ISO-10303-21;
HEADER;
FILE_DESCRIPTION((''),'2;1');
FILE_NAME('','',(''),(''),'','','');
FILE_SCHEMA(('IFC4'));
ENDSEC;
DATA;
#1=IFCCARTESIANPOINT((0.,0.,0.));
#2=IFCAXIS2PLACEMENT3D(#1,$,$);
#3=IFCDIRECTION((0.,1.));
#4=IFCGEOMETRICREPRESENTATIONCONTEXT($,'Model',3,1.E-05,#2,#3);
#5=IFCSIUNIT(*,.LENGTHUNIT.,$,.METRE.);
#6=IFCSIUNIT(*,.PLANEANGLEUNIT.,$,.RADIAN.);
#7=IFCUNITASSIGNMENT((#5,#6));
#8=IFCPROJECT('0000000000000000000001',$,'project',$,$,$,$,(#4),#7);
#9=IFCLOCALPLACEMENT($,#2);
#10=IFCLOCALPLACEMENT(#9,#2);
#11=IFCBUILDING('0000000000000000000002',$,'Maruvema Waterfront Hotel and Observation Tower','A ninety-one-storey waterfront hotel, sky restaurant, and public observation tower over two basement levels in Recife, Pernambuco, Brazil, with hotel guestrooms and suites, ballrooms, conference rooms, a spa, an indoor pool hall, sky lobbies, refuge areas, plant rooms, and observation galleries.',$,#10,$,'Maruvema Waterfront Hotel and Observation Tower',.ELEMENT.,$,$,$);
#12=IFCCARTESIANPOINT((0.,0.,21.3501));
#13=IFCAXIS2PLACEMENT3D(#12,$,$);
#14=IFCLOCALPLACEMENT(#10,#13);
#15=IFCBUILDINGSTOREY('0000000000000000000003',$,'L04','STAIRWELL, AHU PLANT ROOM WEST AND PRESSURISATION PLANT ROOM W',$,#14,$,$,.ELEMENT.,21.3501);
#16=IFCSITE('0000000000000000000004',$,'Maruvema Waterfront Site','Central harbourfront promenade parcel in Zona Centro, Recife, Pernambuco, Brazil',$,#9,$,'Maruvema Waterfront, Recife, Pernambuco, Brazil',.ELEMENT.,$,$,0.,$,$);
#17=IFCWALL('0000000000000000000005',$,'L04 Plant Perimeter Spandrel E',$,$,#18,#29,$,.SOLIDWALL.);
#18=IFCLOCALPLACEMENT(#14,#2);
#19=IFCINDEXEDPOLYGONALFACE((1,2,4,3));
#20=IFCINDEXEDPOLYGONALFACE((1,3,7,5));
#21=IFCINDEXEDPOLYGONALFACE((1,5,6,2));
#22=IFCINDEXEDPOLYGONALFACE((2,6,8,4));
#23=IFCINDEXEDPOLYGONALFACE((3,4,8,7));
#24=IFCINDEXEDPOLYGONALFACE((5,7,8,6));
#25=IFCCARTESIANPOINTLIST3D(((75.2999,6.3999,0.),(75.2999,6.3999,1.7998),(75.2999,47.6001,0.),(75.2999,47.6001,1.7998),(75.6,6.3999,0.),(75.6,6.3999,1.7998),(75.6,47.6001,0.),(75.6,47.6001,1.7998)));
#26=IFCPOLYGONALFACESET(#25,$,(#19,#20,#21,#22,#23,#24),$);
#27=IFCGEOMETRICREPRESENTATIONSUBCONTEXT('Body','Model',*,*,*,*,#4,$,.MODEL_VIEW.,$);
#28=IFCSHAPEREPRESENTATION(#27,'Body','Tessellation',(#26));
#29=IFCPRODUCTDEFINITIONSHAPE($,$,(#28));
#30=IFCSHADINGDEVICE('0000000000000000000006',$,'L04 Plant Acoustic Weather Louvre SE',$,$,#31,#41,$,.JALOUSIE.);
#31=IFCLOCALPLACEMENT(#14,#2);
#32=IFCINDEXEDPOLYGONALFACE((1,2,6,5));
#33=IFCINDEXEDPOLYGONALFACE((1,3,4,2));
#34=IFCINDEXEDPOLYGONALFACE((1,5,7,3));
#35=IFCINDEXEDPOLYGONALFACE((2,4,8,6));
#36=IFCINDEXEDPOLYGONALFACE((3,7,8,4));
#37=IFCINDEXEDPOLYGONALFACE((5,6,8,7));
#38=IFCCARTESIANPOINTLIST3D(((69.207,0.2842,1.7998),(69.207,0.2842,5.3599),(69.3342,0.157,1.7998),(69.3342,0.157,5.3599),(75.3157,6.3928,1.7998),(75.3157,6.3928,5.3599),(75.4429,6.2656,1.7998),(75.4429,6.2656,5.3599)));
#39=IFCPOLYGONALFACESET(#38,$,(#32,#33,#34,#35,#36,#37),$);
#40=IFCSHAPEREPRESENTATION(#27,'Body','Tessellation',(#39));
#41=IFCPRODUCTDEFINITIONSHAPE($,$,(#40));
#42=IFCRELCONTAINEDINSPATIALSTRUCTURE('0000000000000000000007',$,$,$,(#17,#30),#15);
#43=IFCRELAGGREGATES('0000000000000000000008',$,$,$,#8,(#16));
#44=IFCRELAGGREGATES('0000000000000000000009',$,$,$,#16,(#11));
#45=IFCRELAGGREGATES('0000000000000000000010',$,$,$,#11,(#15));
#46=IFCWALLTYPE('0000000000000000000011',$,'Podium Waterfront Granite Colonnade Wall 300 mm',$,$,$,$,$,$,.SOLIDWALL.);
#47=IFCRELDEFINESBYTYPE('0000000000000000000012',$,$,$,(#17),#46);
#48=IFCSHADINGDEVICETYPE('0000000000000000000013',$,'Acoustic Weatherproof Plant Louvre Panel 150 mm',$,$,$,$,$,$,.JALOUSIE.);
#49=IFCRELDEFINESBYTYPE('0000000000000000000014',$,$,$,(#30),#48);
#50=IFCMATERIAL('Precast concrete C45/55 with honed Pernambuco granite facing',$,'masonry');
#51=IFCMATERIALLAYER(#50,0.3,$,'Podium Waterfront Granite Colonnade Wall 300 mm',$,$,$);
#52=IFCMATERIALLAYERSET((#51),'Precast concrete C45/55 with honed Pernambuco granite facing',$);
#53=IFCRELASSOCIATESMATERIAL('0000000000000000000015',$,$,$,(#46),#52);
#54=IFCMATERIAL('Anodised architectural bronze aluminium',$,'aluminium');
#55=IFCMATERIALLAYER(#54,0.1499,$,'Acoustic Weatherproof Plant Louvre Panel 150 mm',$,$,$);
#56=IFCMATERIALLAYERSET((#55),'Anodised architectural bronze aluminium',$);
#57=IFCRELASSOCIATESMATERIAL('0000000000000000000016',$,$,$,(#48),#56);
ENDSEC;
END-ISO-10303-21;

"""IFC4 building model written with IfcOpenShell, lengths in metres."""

from ifc_helpers import new_model, si_unit, direction, frame, frame_2d, origin, origin_2d, place, context, subcontext, project, spatial, rectangle, extrude, material, layer, layer_set, type_object, element, save


model = new_model("IFC4")

# Units and contexts
model_context = context("Model", 3, precision=1e-05, world=origin(), true_north=direction((0.0, 1.0)))
body_context = subcontext(model_context, "Body", "Model", "MODEL_VIEW")
ifc_project = project(units=[si_unit("LENGTHUNIT", "METRE"), si_unit("PLANEANGLEUNIT", "RADIAN")], contexts=[model_context])

# Site, building, storey
site_placement = place(None, origin())
site = spatial("IfcSite", under=ifc_project, at=site_placement, Name="Maruvema Waterfront Site", Description="Central harbourfront promenade parcel in Zona Centro, Recife, Pernambuco, Brazil", LongName="Maruvema Waterfront, Recife, Pernambuco, Brazil", CompositionType="ELEMENT", RefElevation=0.0)
building_placement = place(site_placement, origin())
building = spatial("IfcBuilding", under=site, at=building_placement, Name="Maruvema Waterfront Hotel and Observation Tower", Description="A ninety-one-storey waterfront hotel, sky restaurant, and public observation tower over two basement levels in Recife, Pernambuco, Brazil, with hotel guestrooms and suites, ballrooms, conference rooms, a spa, an indoor pool hall, sky lobbies, refuge areas, plant rooms, and observation galleries.", LongName="Maruvema Waterfront Hotel and Observation Tower", CompositionType="ELEMENT")
storey_placement = place(building_placement, frame((0.0, 0.0, 21.3501)))
storey = spatial("IfcBuildingStorey", under=building, at=storey_placement, Name="L04", Description="STAIRWELL, AHU PLANT ROOM WEST AND PRESSURISATION PLANT ROOM W", CompositionType="ELEMENT", Elevation=21.3501)

# Wall
ifc_material_1 = material(Name="Precast concrete C45/55 with honed Pernambuco granite facing", Category="masonry")
ifc_layer_1 = layer(ifc_material_1, 0.3, Name="Podium Waterfront Granite Colonnade Wall 300 mm")
ifc_layer_set_1 = layer_set([ifc_layer_1], Name="Precast concrete C45/55 with honed Pernambuco granite facing")
wall_type = type_object("IfcWallType", Name="Podium Waterfront Granite Colonnade Wall 300 mm", PredefinedType="SOLIDWALL", material=ifc_layer_set_1)
wall_1_placement = place(storey_placement, frame((75.45, 6.3999, 0.0), z_axis=(0.0, 0.0, 1.0), x_axis=(0.0, 1.0, 0.0)))
element("IfcWall", 1, at=wall_1_placement, inside=storey, type_object=wall_type, Name="L04 Plant Perimeter Spandrel E", PredefinedType="SOLIDWALL", context=body_context, shape_type="SweptSolid", body=[
    extrude(rectangle(XDim=41.2002, YDim=0.3, at=frame_2d((20.6001, 0.0))), origin(), (0.0, 0.0, 1.0), 1.7998),
])

# Shading device
ifc_material_2 = material(Name="Anodised architectural bronze aluminium", Category="aluminium")
ifc_layer_2 = layer(ifc_material_2, 0.1499, Name="Acoustic Weatherproof Plant Louvre Panel 150 mm")
ifc_layer_set_2 = layer_set([ifc_layer_2], Name="Anodised architectural bronze aluminium")
shading_device_type = type_object("IfcShadingDeviceType", Name="Acoustic Weatherproof Plant Louvre Panel 150 mm", PredefinedType="JALOUSIE", material=ifc_layer_set_2)
shading_device_placement = place(storey_placement, frame((72.325, 3.2749, 1.7998), z_axis=(0.0, 0.0, 1.0), x_axis=(0.707107, 0.707107, 0.0)))
element("IfcShadingDevice", 2, at=shading_device_placement, inside=storey, type_object=shading_device_type, Name="L04 Plant Acoustic Weather Louvre SE", PredefinedType="JALOUSIE", context=body_context, shape_type="SweptSolid", body=[
    extrude(rectangle(XDim=8.6389, YDim=0.1799, at=origin_2d()), origin(), (0.0, 0.0, 1.0), 3.5601),
])

save(model, "model.ifc")
